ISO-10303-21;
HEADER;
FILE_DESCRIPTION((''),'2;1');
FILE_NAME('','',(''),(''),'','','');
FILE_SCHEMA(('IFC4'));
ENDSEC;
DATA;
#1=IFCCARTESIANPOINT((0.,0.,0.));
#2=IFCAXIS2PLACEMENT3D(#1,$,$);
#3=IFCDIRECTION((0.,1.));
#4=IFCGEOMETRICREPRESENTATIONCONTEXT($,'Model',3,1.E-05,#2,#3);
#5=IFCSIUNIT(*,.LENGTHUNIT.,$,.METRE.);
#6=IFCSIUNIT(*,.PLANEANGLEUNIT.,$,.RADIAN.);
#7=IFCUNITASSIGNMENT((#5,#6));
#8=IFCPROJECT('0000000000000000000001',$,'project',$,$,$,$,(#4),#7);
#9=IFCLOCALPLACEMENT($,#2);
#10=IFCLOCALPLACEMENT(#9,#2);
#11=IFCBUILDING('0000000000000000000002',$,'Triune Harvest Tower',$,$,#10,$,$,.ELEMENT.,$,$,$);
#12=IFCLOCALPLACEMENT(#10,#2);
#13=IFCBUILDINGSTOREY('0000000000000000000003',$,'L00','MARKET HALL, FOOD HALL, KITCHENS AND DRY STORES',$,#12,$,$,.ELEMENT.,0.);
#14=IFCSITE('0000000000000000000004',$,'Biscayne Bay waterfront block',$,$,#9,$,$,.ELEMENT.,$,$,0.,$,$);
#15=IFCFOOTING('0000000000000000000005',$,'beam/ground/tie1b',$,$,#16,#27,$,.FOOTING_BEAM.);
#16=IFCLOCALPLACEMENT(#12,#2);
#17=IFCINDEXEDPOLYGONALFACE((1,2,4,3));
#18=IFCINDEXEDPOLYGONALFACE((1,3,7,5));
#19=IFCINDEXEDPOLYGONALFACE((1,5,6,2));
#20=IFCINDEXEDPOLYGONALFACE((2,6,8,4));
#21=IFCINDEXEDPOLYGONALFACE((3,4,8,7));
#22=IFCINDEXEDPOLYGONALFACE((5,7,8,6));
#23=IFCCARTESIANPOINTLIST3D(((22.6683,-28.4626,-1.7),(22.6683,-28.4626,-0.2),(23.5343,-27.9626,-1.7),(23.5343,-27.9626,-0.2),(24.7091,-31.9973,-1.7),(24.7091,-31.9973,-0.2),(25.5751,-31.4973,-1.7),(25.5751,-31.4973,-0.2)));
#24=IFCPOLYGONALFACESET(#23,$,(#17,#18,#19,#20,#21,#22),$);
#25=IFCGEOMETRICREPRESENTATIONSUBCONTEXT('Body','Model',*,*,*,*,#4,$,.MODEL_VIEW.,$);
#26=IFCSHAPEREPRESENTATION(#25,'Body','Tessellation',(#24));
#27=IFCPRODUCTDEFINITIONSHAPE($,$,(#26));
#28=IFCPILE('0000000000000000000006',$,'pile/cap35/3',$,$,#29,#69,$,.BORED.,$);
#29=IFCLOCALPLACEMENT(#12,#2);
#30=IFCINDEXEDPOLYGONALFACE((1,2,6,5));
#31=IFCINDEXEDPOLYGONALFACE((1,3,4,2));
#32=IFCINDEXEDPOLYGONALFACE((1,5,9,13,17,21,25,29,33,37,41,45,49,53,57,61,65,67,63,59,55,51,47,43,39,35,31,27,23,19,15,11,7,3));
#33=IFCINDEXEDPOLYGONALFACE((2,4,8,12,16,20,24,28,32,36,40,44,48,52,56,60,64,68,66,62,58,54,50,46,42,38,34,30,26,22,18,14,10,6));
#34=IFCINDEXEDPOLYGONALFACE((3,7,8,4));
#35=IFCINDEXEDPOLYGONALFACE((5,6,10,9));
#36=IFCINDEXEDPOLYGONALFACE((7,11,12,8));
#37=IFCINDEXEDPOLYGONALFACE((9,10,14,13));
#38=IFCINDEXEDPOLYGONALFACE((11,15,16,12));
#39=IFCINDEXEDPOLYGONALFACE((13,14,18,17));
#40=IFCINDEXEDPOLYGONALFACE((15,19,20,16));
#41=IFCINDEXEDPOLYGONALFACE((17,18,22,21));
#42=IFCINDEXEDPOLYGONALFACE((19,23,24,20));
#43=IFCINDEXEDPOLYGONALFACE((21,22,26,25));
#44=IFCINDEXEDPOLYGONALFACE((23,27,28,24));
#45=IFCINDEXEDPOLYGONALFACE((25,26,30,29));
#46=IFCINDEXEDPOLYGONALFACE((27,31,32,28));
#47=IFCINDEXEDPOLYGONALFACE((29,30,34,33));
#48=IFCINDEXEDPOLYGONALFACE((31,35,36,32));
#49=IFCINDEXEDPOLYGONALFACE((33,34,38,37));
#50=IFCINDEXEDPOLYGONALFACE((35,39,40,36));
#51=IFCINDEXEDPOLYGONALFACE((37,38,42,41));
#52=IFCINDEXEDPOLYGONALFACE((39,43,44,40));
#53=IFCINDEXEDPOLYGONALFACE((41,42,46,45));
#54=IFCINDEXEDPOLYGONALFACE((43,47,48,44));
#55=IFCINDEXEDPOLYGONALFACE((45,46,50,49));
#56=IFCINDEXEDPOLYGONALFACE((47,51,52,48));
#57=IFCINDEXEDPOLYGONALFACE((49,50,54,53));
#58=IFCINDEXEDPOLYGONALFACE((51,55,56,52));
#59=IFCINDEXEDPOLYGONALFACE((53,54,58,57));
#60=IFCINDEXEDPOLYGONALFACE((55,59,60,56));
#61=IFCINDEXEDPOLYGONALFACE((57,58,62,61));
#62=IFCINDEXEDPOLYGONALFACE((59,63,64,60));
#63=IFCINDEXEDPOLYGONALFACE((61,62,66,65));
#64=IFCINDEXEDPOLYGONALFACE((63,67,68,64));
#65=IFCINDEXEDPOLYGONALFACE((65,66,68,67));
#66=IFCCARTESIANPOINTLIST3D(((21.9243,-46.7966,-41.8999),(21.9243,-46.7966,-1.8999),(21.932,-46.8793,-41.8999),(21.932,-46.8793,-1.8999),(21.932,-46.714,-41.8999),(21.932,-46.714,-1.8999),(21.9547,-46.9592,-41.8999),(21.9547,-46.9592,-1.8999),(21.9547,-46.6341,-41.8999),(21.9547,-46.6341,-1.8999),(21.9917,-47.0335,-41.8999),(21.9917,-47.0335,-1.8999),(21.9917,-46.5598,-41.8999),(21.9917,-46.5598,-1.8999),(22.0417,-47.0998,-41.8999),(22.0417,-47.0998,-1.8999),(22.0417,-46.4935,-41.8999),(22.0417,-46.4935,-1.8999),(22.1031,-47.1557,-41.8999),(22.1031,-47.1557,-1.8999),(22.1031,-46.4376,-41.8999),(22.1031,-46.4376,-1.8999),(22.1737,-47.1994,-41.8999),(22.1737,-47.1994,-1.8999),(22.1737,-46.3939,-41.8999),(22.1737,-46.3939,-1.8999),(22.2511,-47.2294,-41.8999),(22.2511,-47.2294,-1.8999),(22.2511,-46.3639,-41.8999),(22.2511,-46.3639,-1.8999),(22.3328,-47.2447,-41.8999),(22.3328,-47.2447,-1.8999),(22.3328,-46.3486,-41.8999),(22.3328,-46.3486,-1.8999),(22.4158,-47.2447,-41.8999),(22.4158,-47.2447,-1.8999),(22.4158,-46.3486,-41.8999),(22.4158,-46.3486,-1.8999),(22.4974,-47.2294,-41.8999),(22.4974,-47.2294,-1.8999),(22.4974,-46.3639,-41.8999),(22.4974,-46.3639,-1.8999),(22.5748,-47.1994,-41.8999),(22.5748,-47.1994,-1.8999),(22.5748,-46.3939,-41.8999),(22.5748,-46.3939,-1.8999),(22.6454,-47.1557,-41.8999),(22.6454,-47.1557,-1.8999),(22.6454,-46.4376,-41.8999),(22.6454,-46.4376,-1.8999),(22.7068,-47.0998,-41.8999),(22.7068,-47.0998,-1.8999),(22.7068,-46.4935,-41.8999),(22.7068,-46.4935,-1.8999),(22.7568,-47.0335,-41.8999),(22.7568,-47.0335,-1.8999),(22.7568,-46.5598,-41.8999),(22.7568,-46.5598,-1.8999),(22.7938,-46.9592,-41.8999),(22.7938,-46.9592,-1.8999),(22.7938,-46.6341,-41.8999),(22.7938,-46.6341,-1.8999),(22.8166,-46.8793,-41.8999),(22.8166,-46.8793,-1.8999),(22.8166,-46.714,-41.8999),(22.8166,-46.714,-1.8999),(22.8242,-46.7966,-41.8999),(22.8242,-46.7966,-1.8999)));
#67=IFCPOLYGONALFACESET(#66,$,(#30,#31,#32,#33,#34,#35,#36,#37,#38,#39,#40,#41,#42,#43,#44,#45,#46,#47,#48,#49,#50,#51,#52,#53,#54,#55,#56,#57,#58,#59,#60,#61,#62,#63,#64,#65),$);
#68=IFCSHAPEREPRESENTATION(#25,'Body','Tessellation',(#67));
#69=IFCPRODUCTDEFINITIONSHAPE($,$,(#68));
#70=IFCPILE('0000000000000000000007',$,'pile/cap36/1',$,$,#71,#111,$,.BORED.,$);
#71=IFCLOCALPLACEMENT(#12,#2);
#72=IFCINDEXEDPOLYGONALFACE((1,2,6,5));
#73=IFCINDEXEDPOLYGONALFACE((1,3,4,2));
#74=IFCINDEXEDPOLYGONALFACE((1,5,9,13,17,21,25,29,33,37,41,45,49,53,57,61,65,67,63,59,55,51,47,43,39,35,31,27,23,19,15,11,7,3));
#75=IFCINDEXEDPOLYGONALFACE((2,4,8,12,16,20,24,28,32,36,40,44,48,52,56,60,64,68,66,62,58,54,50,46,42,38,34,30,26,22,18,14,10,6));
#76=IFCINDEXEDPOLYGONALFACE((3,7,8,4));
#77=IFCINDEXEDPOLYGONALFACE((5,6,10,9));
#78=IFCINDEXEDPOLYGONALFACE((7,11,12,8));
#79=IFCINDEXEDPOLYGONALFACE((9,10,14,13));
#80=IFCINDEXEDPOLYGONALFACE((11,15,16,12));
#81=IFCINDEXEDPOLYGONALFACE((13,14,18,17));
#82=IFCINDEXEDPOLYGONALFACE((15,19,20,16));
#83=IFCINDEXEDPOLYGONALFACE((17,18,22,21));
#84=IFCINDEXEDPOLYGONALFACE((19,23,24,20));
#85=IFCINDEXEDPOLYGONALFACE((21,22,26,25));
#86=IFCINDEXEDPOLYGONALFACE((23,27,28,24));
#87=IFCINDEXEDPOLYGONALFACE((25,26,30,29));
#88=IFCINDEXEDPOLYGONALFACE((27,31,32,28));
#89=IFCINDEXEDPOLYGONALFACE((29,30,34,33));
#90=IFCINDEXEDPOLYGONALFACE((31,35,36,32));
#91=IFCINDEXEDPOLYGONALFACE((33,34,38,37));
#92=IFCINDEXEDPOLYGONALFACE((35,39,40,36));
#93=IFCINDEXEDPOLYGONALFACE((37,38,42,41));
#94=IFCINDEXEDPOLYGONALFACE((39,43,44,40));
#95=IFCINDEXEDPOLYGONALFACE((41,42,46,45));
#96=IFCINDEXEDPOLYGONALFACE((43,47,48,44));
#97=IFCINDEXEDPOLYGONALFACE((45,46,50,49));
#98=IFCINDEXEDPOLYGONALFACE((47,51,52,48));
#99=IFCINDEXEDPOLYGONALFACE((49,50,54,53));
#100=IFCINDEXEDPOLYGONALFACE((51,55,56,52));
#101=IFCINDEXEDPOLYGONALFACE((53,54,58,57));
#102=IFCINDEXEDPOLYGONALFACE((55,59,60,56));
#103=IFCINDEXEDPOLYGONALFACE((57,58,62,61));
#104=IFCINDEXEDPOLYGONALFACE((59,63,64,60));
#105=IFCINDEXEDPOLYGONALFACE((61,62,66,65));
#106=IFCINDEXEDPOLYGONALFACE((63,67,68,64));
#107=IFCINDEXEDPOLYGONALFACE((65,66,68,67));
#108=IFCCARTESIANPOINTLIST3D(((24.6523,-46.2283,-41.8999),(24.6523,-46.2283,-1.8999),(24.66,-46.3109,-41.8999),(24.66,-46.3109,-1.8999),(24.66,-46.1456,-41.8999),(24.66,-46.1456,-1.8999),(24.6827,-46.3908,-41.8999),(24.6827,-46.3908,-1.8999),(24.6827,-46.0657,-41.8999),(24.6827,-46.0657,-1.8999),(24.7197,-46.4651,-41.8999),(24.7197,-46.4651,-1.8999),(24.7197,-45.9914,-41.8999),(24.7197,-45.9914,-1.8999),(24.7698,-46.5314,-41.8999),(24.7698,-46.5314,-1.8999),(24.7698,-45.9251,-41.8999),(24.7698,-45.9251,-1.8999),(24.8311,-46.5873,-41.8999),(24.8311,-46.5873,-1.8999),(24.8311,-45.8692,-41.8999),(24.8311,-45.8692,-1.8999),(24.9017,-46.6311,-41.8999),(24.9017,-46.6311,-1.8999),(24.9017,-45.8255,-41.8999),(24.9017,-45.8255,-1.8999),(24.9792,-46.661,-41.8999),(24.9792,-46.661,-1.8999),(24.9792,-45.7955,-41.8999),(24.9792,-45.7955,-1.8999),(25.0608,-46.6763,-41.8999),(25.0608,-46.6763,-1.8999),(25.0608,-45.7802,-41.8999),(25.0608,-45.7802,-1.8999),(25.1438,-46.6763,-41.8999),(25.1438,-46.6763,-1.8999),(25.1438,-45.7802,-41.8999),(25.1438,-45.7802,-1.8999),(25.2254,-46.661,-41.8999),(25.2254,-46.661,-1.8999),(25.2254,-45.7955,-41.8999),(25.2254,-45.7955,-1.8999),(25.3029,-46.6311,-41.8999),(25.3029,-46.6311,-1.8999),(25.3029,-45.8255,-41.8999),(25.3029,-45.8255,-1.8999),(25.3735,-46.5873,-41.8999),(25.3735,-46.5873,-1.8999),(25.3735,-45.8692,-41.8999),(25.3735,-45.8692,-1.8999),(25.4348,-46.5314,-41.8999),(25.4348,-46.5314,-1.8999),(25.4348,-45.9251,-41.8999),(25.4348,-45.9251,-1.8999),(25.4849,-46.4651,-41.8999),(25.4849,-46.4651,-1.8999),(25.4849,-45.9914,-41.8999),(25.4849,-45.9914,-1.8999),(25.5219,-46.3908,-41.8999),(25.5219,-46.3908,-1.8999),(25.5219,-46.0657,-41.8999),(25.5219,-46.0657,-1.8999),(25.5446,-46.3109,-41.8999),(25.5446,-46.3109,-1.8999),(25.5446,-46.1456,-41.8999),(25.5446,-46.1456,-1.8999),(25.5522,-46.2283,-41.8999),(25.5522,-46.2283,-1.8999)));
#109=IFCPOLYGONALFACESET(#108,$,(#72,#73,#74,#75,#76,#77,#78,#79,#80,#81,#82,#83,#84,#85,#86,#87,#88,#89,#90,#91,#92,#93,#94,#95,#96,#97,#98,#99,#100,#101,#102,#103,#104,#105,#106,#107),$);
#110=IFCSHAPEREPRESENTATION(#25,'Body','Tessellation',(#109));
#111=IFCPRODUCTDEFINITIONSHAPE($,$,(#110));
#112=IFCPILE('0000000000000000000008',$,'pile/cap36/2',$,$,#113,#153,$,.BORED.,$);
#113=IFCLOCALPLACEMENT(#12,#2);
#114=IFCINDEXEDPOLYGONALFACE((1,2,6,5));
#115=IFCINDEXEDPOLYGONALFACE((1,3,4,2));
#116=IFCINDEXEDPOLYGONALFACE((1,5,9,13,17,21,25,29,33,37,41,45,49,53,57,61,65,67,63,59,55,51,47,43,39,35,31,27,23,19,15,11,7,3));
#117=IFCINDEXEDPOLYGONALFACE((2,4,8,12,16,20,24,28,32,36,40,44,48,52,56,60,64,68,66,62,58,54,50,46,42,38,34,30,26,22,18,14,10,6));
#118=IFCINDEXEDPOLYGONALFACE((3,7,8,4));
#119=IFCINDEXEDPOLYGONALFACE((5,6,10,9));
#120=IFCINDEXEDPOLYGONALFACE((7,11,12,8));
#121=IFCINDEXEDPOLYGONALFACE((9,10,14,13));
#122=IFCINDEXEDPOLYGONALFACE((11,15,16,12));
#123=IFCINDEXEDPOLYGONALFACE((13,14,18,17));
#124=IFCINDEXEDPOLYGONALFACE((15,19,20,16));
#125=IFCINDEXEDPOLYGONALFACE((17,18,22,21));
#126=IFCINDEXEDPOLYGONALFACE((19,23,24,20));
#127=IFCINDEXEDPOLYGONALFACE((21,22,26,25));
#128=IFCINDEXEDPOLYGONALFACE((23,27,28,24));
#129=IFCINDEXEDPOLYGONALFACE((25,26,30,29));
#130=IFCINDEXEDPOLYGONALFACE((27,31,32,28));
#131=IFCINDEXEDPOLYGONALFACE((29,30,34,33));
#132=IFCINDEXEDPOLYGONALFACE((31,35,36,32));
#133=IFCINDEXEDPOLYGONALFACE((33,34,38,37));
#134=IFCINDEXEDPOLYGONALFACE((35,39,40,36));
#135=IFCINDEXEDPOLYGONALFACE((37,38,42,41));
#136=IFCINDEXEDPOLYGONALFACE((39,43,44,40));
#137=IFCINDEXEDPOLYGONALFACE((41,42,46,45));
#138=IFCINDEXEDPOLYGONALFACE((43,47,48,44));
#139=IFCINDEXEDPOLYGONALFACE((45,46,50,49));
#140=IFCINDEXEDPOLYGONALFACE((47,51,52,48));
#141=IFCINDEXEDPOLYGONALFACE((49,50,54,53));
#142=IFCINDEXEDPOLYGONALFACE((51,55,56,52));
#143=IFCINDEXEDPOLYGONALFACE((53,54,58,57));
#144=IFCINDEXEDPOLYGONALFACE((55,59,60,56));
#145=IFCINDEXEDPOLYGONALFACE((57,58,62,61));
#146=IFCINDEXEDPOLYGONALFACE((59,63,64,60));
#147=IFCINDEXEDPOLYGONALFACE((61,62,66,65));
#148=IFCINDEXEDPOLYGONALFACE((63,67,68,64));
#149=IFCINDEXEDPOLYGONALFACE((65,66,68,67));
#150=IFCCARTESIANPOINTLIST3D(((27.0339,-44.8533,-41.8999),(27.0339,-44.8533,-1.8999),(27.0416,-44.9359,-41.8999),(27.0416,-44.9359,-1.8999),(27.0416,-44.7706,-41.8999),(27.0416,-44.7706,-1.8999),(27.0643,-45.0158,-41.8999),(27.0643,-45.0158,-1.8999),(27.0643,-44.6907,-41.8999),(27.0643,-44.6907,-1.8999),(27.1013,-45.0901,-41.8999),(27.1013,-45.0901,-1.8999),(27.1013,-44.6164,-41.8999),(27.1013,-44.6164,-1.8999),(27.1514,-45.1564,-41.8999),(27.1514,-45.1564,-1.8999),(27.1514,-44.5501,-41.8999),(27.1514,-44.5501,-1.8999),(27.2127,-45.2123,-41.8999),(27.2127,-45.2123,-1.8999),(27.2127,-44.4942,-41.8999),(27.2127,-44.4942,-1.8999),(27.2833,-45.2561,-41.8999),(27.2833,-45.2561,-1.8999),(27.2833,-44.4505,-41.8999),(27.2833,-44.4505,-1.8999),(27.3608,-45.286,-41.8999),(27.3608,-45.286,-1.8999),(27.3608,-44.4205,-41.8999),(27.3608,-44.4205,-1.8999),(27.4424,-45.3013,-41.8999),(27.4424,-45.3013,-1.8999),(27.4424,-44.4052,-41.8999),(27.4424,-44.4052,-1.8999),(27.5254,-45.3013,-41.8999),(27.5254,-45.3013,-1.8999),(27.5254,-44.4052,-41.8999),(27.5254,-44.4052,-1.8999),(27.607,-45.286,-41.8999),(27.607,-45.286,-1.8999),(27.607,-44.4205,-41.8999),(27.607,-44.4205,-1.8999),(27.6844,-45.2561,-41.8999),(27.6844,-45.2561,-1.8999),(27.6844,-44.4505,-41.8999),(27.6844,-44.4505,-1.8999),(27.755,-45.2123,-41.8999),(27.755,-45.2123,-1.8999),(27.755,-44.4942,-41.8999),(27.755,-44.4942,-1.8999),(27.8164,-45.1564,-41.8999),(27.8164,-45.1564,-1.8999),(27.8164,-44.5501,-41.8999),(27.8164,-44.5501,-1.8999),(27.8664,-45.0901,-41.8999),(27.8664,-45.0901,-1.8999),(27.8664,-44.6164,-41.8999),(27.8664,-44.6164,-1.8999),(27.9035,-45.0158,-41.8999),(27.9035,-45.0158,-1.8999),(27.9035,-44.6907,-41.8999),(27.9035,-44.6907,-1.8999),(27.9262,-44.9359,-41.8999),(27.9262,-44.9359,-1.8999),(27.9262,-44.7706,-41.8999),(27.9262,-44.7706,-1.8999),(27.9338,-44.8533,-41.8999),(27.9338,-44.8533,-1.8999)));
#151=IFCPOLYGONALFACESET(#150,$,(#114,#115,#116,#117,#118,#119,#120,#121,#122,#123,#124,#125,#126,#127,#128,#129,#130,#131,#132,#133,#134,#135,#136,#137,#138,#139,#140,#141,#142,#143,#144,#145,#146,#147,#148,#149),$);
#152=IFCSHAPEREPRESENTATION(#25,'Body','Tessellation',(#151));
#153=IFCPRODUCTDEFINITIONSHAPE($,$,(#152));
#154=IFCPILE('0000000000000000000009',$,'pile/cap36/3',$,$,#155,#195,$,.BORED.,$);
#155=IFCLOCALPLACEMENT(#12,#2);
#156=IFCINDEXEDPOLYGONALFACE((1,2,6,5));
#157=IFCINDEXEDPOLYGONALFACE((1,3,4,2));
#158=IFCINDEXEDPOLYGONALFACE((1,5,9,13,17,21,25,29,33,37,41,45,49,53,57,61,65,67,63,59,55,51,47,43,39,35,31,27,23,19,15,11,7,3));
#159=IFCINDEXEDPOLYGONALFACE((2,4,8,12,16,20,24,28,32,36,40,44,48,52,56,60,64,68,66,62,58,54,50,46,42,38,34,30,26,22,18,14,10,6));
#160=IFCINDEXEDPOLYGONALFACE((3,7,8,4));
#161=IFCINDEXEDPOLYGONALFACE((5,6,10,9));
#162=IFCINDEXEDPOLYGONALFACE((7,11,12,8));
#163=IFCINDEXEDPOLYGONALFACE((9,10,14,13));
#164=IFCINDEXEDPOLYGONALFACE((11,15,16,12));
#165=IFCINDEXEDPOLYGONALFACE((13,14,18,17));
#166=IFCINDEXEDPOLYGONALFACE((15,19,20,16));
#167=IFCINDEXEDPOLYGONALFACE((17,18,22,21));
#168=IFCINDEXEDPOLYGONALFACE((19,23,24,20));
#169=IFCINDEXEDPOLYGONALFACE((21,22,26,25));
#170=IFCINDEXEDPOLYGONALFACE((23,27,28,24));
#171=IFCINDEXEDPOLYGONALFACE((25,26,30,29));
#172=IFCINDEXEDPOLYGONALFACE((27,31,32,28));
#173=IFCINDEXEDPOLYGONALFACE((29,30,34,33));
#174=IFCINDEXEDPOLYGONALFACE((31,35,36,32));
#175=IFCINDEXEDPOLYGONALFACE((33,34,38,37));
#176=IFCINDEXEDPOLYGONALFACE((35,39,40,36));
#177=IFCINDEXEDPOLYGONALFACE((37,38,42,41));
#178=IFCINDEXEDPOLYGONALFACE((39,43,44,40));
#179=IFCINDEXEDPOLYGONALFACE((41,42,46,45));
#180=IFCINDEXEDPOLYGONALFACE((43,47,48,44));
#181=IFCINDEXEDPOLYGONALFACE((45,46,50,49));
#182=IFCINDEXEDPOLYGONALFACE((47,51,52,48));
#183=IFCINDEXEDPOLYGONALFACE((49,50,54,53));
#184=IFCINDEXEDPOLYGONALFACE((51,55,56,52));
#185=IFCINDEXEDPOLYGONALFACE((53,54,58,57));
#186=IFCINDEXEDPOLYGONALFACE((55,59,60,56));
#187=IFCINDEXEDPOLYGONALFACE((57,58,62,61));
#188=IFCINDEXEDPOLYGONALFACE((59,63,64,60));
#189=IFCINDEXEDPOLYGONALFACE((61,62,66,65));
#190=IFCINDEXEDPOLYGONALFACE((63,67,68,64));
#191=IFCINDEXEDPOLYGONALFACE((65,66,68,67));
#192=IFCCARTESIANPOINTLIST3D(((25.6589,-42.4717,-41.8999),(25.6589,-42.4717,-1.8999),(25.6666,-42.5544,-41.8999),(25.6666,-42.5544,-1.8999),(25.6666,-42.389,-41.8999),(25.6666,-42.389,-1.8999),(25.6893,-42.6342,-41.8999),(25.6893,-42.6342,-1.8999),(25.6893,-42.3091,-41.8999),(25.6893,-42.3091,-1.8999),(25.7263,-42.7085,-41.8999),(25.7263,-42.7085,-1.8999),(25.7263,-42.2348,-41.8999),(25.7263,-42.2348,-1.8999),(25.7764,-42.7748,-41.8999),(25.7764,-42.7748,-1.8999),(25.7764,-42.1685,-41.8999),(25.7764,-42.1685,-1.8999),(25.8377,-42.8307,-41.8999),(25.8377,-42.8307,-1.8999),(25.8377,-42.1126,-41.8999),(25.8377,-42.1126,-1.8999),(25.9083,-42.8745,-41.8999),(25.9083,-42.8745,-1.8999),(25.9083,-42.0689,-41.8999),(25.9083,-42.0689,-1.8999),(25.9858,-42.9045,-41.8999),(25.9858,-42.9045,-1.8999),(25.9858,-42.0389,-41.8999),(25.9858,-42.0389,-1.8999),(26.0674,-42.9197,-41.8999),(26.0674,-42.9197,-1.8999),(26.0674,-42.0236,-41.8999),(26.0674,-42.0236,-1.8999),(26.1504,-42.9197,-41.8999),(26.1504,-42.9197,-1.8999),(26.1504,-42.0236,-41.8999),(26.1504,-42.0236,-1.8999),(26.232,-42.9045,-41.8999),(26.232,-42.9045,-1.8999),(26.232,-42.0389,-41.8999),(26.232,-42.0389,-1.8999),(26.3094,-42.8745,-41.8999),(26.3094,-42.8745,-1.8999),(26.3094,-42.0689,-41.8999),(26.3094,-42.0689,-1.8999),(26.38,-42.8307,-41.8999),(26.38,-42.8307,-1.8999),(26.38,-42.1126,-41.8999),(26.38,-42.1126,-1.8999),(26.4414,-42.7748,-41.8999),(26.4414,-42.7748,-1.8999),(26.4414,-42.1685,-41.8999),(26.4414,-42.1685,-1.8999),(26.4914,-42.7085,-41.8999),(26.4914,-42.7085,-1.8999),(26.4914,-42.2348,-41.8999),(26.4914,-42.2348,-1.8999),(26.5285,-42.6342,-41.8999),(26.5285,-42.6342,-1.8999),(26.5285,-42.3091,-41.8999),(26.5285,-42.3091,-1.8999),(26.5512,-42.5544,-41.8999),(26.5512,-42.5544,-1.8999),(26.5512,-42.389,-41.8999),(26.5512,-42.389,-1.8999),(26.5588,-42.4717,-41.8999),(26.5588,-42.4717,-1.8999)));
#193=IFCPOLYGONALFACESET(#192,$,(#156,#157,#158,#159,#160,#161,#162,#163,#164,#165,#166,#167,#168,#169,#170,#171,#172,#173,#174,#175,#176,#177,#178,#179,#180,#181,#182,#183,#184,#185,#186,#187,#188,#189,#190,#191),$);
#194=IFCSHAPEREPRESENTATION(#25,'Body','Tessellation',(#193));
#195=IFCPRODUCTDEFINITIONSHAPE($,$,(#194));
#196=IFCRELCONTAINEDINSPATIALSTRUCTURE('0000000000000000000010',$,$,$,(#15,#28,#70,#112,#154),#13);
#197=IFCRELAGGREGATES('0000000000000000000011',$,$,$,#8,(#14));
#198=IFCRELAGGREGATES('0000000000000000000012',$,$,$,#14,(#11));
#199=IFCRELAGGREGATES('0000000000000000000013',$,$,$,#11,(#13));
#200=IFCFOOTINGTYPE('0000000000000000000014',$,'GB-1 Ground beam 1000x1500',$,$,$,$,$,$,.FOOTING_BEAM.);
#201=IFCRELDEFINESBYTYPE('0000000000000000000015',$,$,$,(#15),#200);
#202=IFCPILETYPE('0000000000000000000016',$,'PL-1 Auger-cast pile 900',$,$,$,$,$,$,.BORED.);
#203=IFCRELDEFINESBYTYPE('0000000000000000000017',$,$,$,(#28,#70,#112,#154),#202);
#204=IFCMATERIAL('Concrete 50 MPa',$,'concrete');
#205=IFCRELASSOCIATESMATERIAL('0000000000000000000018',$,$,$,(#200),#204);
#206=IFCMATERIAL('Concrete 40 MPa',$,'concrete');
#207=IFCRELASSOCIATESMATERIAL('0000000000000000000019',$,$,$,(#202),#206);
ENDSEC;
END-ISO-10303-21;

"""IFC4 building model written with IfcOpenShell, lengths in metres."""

from ifc_helpers import new_model, si_unit, direction, frame, origin, origin_2d, place, context, subcontext, project, spatial, rectangle, circle, extrude, source, transform, mapped, material, material_profile, profile_set, type_object, element, save


model = new_model("IFC4")

# Units and contexts
model_context = context("Model", 3, precision=1e-05, world=origin(), true_north=direction((0.0, 1.0)))
body_context = subcontext(model_context, "Body", "Model", "MODEL_VIEW")
ifc_project = project(units=[si_unit("LENGTHUNIT", "METRE"), si_unit("PLANEANGLEUNIT", "RADIAN")], contexts=[model_context])

# Site, building, storey
site_placement = place(None, origin())
site = spatial("IfcSite", under=ifc_project, at=site_placement, Name="Biscayne Bay waterfront block", CompositionType="ELEMENT", RefElevation=0.0)
building_placement = place(site_placement, origin())
building = spatial("IfcBuilding", under=site, at=building_placement, Name="Triune Harvest Tower", CompositionType="ELEMENT")
storey_placement = place(building_placement, origin())
storey = spatial("IfcBuildingStorey", under=building, at=storey_placement, Name="L00", Description="MARKET HALL, FOOD HALL, KITCHENS AND DRY STORES", CompositionType="ELEMENT", Elevation=0.0)

# Footing
ifc_material_1 = material(Name="Concrete 50 MPa", Category="concrete")
ifc_material_profile_1 = material_profile(ifc_material_1, rectangle(XDim=1.0, YDim=1.5, at=origin_2d()), Name="Concrete 1000x1500")
ifc_profile_set_1 = profile_set([ifc_material_profile_1], Name="Concrete 50 MPa")
footing_type_1 = type_object("IfcFootingType", Name="GB-1 Ground beam 1000x1500", PredefinedType="FOOTING_BEAM", material=ifc_profile_set_1)
footing_1_placement = place(storey_placement, frame((25.1421, -31.7473, -0.95), z_axis=(-0.500006, 0.866022, 0.0), x_axis=(-0.866022, -0.500006, 0.0)))
element("IfcFooting", 1, at=footing_1_placement, inside=storey, type_object=footing_type_1, Name="beam/ground/tie1b", PredefinedType="FOOTING_BEAM", context=body_context, shape_type="SweptSolid", body=[
    extrude(rectangle(XDim=1.0, YDim=1.5, at=origin_2d()), origin(), (0.0, 0.0, 1.0), 4.0815),
])

# Piles
ifc_material_2 = material(Name="Concrete 40 MPa", Category="concrete")
ifc_material_profile_2 = material_profile(ifc_material_2, circle(Radius=0.45, at=origin_2d()), Name="Bored 900")
ifc_profile_set_2 = profile_set([ifc_material_profile_2], Name="Concrete 40 MPa")
pile_type = type_object("IfcPileType", Name="PL-1 Auger-cast pile 900", PredefinedType="BORED", material=ifc_profile_set_2)
shared_shape_1 = source(origin(), body_context, "Body", "SweptSolid", [
    extrude(circle(Radius=0.45, at=origin_2d()), origin(), (0.0, 0.0, 1.0), 40.0),
])
for number, where, z_axis, x_axis, name in (
    (2, (22.3743, -46.7966, -1.8999), (0.0, 0.0, -1.0), (1.0, 0.0, 0.0), "pile/cap35/3"),
    (3, (25.1023, -46.2283, -1.8999), (0.0, 0.0, -1.0), (1.0, 0.0, 0.0), "pile/cap36/1"),
    (4, (27.4839, -44.8533, -1.8999), (0.0, 0.0, -1.0), (1.0, 0.0, 0.0), "pile/cap36/2"),
    (5, (26.1089, -42.4717, -1.8999), (0.0, 0.0, -1.0), (1.0, 0.0, 0.0), "pile/cap36/3"),
):
    element("IfcPile", number, at=place(storey_placement, frame(where, z_axis=z_axis, x_axis=x_axis)), inside=storey, type_object=pile_type, Name=name, PredefinedType="BORED", context=body_context, shape_type="MappedRepresentation", body=[
        mapped(shared_shape_1, transform((0.0, 0.0, 0.0), scale=1.0)),
    ])

save(model, "model.ifc")
